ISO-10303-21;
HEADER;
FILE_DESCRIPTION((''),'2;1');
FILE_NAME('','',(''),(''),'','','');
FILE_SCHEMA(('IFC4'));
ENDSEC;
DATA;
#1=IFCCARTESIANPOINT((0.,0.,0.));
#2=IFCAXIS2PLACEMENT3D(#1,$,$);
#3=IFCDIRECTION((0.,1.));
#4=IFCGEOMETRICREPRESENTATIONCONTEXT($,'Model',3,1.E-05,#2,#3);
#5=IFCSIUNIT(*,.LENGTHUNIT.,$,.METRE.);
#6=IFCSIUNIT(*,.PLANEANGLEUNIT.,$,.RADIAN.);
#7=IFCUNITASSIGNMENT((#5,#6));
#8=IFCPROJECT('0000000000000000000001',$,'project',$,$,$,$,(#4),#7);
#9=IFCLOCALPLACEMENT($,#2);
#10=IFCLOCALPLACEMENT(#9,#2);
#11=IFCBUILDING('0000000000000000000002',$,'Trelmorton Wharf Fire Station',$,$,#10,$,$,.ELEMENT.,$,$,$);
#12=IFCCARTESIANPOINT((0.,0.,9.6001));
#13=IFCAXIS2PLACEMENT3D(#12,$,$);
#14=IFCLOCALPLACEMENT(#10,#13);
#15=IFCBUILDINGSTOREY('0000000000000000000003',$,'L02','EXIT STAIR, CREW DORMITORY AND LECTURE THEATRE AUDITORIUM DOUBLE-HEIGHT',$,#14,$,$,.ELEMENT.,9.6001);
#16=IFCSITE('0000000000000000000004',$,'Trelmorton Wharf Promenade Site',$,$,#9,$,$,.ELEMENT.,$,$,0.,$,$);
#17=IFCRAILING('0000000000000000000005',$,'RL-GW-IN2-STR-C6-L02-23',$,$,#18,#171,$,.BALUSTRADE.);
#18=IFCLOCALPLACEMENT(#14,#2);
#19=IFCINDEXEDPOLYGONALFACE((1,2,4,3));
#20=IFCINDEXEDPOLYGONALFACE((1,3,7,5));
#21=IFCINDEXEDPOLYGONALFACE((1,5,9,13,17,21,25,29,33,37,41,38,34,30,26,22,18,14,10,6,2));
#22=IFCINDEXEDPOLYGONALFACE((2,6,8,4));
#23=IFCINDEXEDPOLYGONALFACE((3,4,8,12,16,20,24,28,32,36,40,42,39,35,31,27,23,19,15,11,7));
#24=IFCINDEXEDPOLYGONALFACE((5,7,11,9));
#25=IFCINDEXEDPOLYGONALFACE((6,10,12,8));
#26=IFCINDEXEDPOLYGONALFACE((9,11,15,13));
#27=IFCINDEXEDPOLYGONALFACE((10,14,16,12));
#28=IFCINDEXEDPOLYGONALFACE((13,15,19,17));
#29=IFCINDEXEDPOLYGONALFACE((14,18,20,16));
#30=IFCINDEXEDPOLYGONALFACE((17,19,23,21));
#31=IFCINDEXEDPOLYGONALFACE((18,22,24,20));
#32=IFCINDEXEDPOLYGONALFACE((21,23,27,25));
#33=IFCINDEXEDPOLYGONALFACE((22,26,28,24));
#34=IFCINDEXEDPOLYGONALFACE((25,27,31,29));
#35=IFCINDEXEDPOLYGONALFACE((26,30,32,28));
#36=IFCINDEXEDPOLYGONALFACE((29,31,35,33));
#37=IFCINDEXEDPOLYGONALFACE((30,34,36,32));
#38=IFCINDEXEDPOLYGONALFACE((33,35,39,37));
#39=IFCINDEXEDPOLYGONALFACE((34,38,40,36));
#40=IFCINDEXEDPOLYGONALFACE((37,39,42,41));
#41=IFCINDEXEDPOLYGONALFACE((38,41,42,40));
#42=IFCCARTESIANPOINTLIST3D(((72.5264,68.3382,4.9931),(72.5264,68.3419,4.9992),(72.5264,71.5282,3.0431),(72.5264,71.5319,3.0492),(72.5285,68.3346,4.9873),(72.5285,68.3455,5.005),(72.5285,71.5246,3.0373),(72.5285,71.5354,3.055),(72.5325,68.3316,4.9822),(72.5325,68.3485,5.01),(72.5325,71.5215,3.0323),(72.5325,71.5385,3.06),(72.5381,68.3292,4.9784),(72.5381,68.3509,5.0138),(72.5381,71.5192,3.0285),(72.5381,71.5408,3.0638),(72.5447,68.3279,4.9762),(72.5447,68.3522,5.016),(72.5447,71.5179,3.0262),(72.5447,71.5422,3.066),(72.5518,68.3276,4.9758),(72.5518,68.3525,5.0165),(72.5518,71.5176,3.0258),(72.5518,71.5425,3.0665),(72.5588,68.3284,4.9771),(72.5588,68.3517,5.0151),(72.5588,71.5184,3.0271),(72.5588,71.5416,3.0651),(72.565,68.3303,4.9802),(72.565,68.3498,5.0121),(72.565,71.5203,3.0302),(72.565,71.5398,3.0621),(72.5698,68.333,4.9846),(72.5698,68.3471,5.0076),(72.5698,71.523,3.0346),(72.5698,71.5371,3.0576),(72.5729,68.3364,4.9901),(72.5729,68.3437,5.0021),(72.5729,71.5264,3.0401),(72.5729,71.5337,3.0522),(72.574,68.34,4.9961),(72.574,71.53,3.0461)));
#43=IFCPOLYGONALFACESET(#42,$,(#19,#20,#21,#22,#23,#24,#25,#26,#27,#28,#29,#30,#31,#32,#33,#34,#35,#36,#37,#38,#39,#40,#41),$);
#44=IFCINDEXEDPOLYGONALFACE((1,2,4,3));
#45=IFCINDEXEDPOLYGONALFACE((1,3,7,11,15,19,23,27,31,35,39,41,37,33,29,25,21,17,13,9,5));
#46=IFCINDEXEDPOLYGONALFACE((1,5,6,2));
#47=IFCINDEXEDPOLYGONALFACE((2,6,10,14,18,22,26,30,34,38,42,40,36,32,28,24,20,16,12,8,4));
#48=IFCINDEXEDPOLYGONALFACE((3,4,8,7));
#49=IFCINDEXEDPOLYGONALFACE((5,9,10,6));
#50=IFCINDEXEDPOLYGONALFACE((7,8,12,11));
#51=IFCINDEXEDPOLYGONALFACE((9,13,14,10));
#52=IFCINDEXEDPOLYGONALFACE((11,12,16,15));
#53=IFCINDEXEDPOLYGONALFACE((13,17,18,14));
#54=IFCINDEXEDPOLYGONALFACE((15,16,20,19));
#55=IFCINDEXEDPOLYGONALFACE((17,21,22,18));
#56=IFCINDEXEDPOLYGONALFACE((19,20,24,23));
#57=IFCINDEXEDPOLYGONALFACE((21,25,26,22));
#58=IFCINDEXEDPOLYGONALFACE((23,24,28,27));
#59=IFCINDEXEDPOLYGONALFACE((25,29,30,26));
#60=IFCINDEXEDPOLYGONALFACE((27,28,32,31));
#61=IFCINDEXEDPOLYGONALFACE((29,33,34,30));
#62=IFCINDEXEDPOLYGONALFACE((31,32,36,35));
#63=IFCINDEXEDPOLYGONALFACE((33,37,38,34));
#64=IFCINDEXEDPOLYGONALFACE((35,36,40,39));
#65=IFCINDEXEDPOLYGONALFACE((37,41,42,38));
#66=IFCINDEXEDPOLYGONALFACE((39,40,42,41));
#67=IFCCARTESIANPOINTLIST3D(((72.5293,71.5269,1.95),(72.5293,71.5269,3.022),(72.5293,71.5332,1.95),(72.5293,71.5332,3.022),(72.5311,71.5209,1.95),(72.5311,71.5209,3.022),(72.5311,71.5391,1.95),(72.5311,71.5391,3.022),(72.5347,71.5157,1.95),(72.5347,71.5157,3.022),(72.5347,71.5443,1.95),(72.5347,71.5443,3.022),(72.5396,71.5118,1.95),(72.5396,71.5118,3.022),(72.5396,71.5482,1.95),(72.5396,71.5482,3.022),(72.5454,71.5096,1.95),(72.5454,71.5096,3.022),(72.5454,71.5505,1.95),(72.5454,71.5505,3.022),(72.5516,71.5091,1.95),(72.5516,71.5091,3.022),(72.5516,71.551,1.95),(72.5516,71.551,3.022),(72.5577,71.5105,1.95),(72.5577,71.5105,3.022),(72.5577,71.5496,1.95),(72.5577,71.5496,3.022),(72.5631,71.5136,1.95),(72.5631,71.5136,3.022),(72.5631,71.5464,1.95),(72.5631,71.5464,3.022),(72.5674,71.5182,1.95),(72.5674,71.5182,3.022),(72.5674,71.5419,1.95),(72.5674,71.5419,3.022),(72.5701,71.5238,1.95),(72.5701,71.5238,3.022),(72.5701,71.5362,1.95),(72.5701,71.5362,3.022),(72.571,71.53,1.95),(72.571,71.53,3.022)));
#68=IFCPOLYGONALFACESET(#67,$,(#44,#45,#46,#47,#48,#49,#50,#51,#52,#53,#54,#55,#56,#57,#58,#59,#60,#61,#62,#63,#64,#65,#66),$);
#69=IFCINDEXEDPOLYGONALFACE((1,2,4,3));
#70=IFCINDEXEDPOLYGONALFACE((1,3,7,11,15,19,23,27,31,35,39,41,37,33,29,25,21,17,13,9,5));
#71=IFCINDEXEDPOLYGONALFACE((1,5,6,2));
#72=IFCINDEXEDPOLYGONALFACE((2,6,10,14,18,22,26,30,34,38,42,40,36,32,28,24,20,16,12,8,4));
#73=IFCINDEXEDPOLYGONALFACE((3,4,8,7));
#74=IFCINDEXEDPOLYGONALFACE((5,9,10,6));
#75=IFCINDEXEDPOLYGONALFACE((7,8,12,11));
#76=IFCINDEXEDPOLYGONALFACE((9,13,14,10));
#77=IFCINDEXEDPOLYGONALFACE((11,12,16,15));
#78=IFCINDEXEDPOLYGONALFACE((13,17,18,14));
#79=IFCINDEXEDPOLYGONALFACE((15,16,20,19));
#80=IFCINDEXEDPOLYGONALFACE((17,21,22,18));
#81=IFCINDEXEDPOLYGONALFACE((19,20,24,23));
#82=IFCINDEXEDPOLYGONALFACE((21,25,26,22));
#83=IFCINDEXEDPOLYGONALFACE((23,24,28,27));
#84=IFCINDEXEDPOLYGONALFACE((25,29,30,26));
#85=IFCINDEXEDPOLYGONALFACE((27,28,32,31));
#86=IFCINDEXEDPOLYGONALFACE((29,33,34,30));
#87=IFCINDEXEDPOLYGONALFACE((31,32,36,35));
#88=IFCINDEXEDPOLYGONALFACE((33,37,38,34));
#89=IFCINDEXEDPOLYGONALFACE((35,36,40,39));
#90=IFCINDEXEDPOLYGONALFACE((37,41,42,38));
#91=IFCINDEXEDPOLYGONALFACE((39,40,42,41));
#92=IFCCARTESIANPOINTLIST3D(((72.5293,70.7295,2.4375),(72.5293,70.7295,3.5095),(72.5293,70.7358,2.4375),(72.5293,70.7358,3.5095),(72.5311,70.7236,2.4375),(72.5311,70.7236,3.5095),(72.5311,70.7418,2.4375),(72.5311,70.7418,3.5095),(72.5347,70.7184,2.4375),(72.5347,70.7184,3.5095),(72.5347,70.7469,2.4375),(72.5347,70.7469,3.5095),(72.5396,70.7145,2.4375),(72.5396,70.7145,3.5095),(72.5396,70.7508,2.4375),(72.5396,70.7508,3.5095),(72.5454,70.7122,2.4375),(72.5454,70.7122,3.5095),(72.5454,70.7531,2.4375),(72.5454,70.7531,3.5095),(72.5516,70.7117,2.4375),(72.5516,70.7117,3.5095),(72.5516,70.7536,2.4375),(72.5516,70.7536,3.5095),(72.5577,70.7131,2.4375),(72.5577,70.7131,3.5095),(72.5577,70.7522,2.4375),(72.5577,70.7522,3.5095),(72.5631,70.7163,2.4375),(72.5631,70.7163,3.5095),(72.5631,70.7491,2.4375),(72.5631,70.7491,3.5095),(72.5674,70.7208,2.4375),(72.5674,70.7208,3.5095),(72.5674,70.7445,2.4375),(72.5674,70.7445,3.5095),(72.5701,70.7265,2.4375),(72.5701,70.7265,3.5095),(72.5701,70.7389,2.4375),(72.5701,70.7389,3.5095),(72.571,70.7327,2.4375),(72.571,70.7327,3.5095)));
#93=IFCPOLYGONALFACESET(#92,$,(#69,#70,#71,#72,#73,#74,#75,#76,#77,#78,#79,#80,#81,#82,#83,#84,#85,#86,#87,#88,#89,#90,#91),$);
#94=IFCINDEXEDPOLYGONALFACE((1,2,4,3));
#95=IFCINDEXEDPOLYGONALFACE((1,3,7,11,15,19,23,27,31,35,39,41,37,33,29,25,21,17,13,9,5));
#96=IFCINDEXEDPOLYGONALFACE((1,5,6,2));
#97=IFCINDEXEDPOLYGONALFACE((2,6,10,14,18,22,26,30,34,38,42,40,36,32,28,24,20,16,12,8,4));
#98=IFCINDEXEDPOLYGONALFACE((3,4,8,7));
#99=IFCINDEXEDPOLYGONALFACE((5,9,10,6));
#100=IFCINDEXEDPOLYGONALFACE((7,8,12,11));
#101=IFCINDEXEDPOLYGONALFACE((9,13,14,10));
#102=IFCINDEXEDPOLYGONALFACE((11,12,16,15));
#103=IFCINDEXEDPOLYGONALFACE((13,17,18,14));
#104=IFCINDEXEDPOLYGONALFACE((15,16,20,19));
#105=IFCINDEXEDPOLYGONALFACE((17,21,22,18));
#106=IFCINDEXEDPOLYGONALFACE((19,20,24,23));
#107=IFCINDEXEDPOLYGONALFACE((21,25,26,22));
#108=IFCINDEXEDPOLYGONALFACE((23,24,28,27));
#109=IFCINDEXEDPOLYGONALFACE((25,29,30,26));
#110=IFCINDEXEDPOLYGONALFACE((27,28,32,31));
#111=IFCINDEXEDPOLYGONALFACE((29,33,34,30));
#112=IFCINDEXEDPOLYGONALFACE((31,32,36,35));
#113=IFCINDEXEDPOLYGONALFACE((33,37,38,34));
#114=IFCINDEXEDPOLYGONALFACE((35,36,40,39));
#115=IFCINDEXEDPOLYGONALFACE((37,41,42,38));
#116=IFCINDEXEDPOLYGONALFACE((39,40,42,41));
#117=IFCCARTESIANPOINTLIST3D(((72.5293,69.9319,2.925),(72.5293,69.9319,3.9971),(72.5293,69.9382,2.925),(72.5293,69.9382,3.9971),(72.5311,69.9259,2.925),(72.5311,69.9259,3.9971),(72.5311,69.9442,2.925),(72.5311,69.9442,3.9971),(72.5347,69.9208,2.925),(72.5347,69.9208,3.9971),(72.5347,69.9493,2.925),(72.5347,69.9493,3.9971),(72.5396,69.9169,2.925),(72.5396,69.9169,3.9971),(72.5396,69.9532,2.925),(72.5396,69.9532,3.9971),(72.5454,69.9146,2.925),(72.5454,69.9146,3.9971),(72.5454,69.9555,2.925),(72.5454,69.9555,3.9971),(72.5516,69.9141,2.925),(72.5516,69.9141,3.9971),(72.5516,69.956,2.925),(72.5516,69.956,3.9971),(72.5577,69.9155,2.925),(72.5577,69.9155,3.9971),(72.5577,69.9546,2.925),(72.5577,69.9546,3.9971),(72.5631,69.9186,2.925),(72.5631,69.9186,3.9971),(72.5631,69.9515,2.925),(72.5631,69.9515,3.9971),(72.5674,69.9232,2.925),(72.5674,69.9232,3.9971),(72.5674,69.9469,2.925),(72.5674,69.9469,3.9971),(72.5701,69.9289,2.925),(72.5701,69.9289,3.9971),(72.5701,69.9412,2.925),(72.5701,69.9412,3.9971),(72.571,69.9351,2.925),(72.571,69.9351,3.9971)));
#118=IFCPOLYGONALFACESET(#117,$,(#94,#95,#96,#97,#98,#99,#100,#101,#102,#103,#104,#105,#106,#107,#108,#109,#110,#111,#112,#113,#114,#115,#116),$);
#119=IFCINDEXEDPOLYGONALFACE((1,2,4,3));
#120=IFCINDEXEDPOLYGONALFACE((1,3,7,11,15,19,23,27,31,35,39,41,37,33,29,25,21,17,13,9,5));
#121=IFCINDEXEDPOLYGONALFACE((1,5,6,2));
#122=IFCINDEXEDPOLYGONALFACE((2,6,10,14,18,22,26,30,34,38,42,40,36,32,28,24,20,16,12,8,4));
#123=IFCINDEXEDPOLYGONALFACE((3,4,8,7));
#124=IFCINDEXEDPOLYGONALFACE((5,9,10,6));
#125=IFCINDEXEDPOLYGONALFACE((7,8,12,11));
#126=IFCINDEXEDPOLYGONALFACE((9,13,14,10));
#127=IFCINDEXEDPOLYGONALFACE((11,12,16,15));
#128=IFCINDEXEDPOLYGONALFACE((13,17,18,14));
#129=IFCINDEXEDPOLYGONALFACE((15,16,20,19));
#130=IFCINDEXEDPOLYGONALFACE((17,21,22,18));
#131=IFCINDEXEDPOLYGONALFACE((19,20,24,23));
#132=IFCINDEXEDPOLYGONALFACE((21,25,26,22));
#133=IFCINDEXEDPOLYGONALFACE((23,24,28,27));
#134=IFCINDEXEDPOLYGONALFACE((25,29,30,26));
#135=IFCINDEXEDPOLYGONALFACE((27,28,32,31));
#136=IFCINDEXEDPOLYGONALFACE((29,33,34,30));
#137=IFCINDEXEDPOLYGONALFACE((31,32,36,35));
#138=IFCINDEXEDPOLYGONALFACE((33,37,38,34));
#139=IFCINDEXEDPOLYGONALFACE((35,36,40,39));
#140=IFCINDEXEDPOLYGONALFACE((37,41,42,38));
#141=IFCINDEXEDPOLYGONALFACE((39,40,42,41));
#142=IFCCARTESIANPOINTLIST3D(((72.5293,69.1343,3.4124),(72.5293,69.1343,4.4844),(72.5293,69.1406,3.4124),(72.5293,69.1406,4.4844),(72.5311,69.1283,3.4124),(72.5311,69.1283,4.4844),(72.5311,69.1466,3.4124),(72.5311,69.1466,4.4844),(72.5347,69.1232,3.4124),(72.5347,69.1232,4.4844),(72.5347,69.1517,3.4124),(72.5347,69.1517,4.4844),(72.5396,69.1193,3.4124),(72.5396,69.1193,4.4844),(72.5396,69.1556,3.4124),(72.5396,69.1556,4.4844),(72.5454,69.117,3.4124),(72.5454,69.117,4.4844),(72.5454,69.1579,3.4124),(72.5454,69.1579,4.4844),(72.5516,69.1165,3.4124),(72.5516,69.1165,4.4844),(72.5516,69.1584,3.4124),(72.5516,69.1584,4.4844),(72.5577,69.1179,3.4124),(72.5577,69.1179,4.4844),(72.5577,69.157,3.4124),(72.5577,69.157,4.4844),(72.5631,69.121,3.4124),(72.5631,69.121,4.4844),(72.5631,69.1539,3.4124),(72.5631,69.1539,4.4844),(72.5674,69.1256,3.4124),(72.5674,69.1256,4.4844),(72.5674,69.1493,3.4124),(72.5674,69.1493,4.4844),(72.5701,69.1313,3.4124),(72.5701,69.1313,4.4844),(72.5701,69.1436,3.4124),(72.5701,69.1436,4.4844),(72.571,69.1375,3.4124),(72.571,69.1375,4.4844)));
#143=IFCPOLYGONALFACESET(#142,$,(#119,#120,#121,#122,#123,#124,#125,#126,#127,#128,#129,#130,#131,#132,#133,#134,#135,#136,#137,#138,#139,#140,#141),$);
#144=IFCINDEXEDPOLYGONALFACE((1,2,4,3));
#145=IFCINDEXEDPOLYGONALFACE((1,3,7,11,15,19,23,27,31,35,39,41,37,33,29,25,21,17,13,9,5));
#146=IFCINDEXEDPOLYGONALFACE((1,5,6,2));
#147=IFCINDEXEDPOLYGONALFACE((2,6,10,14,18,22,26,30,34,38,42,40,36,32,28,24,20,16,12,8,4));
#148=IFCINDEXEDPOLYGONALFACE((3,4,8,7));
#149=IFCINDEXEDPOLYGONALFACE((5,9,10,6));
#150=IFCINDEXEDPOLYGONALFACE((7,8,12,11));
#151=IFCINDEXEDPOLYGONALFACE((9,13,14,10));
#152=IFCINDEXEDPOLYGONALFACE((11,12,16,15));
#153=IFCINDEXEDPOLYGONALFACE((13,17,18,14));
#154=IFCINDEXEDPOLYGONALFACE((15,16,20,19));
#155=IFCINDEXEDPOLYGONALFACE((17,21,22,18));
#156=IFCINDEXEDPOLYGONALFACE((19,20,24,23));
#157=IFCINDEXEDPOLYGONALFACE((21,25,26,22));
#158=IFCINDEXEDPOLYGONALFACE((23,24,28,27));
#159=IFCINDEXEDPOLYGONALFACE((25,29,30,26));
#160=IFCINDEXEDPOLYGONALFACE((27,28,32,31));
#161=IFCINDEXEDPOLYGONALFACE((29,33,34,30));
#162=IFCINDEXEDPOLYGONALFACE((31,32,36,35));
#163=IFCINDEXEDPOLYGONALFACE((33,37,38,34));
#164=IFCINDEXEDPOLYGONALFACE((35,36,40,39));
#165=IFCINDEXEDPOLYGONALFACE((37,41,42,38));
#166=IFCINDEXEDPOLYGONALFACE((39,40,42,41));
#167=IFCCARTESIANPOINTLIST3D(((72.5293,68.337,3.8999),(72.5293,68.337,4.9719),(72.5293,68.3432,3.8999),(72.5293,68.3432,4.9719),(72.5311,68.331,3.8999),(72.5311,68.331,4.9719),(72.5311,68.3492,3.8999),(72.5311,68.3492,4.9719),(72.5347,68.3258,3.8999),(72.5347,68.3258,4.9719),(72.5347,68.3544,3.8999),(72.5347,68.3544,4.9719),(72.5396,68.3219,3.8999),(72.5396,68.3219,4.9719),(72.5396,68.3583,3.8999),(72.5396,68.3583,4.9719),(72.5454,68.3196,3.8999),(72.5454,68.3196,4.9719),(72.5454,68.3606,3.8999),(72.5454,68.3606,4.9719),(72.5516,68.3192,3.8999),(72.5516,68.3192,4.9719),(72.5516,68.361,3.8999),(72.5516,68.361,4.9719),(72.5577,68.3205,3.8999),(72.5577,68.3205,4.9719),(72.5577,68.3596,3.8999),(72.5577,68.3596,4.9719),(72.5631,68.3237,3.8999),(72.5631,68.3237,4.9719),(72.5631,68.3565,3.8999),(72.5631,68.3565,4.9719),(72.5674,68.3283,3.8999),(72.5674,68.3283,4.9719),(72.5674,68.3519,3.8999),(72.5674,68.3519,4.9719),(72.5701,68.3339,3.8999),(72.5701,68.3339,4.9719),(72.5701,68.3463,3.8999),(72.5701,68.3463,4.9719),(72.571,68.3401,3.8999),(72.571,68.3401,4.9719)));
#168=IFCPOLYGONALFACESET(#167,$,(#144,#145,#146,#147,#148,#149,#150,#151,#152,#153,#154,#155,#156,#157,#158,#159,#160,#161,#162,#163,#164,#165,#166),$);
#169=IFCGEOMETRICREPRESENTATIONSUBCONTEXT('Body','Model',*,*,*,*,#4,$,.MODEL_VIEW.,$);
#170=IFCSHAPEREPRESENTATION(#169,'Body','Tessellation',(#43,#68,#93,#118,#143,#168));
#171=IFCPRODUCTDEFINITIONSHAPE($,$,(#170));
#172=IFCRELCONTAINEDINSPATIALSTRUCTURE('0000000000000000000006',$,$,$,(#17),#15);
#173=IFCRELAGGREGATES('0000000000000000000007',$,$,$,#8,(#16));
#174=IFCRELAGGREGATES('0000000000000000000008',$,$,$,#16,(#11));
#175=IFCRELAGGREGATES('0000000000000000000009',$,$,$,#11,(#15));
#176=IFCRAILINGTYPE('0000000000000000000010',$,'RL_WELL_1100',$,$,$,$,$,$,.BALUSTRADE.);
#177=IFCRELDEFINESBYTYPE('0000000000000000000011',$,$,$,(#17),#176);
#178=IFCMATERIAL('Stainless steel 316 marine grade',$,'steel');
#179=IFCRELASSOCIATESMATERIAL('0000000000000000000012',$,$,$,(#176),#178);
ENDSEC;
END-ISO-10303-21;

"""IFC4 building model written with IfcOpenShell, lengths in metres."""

from ifc_helpers import new_model, si_unit, direction, frame, origin, origin_2d, place, context, subcontext, project, spatial, circle, extrude, material, type_object, element, save


model = new_model("IFC4")

# Units and contexts
model_context = context("Model", 3, precision=1e-05, world=origin(), true_north=direction((0.0, 1.0)))
body_context = subcontext(model_context, "Body", "Model", "MODEL_VIEW")
ifc_project = project(units=[si_unit("LENGTHUNIT", "METRE"), si_unit("PLANEANGLEUNIT", "RADIAN")], contexts=[model_context])

# Site, building, storey
site_placement = place(None, origin())
site = spatial("IfcSite", under=ifc_project, at=site_placement, Name="Trelmorton Wharf Promenade Site", CompositionType="ELEMENT", RefElevation=0.0)
building_placement = place(site_placement, origin())
building = spatial("IfcBuilding", under=site, at=building_placement, Name="Trelmorton Wharf Fire Station", CompositionType="ELEMENT")
storey_placement = place(building_placement, frame((0.0, 0.0, 9.6001)))
storey = spatial("IfcBuildingStorey", under=building, at=storey_placement, Name="L02", Description="EXIT STAIR, CREW DORMITORY AND LECTURE THEATRE AUDITORIUM DOUBLE-HEIGHT", CompositionType="ELEMENT", Elevation=9.6001)

# Shared definitions
ifc_material_1 = material(Name="Stainless steel 316 marine grade", Category="steel")

# Railing
railing_type_1 = type_object("IfcRailingType", Name="RL_WELL_1100", PredefinedType="BALUSTRADE", material=ifc_material_1)
railing_1_placement = place(storey_placement, frame((72.55, 71.53, 1.95)))
element("IfcRailing", 1, at=railing_1_placement, inside=storey, type_object=railing_type_1, Name="RL-GW-IN2-STR-C6-L02-23", PredefinedType="BALUSTRADE", context=body_context, shape_type="SweptSolid", body=[
    extrude(circle(Radius=0.0239, at=origin_2d()), frame((0.0, 0.0, 1.0962), z_axis=(0.0, -0.853217, 0.521556), x_axis=(1.0, 0.0, 0.0)), (0.0, 0.0, 1.0), 3.7388),
    extrude(circle(Radius=0.021, at=origin_2d()), origin(), (0.0, 0.0, 1.0), 1.072),
    extrude(circle(Radius=0.021, at=origin_2d()), frame((0.0, -0.7974, 0.4875)), (0.0, 0.0, 1.0), 1.072),
    extrude(circle(Radius=0.021, at=origin_2d()), frame((0.0, -1.595, 0.9751)), (0.0, 0.0, 1.0), 1.072),
    extrude(circle(Radius=0.021, at=origin_2d()), frame((0.0, -2.3926, 1.4624)), (0.0, 0.0, 1.0), 1.072),
    extrude(circle(Radius=0.021, at=origin_2d()), frame((0.0, -3.1899, 1.95)), (0.0, 0.0, 1.0), 1.072),
])

save(model, "model.ifc")
